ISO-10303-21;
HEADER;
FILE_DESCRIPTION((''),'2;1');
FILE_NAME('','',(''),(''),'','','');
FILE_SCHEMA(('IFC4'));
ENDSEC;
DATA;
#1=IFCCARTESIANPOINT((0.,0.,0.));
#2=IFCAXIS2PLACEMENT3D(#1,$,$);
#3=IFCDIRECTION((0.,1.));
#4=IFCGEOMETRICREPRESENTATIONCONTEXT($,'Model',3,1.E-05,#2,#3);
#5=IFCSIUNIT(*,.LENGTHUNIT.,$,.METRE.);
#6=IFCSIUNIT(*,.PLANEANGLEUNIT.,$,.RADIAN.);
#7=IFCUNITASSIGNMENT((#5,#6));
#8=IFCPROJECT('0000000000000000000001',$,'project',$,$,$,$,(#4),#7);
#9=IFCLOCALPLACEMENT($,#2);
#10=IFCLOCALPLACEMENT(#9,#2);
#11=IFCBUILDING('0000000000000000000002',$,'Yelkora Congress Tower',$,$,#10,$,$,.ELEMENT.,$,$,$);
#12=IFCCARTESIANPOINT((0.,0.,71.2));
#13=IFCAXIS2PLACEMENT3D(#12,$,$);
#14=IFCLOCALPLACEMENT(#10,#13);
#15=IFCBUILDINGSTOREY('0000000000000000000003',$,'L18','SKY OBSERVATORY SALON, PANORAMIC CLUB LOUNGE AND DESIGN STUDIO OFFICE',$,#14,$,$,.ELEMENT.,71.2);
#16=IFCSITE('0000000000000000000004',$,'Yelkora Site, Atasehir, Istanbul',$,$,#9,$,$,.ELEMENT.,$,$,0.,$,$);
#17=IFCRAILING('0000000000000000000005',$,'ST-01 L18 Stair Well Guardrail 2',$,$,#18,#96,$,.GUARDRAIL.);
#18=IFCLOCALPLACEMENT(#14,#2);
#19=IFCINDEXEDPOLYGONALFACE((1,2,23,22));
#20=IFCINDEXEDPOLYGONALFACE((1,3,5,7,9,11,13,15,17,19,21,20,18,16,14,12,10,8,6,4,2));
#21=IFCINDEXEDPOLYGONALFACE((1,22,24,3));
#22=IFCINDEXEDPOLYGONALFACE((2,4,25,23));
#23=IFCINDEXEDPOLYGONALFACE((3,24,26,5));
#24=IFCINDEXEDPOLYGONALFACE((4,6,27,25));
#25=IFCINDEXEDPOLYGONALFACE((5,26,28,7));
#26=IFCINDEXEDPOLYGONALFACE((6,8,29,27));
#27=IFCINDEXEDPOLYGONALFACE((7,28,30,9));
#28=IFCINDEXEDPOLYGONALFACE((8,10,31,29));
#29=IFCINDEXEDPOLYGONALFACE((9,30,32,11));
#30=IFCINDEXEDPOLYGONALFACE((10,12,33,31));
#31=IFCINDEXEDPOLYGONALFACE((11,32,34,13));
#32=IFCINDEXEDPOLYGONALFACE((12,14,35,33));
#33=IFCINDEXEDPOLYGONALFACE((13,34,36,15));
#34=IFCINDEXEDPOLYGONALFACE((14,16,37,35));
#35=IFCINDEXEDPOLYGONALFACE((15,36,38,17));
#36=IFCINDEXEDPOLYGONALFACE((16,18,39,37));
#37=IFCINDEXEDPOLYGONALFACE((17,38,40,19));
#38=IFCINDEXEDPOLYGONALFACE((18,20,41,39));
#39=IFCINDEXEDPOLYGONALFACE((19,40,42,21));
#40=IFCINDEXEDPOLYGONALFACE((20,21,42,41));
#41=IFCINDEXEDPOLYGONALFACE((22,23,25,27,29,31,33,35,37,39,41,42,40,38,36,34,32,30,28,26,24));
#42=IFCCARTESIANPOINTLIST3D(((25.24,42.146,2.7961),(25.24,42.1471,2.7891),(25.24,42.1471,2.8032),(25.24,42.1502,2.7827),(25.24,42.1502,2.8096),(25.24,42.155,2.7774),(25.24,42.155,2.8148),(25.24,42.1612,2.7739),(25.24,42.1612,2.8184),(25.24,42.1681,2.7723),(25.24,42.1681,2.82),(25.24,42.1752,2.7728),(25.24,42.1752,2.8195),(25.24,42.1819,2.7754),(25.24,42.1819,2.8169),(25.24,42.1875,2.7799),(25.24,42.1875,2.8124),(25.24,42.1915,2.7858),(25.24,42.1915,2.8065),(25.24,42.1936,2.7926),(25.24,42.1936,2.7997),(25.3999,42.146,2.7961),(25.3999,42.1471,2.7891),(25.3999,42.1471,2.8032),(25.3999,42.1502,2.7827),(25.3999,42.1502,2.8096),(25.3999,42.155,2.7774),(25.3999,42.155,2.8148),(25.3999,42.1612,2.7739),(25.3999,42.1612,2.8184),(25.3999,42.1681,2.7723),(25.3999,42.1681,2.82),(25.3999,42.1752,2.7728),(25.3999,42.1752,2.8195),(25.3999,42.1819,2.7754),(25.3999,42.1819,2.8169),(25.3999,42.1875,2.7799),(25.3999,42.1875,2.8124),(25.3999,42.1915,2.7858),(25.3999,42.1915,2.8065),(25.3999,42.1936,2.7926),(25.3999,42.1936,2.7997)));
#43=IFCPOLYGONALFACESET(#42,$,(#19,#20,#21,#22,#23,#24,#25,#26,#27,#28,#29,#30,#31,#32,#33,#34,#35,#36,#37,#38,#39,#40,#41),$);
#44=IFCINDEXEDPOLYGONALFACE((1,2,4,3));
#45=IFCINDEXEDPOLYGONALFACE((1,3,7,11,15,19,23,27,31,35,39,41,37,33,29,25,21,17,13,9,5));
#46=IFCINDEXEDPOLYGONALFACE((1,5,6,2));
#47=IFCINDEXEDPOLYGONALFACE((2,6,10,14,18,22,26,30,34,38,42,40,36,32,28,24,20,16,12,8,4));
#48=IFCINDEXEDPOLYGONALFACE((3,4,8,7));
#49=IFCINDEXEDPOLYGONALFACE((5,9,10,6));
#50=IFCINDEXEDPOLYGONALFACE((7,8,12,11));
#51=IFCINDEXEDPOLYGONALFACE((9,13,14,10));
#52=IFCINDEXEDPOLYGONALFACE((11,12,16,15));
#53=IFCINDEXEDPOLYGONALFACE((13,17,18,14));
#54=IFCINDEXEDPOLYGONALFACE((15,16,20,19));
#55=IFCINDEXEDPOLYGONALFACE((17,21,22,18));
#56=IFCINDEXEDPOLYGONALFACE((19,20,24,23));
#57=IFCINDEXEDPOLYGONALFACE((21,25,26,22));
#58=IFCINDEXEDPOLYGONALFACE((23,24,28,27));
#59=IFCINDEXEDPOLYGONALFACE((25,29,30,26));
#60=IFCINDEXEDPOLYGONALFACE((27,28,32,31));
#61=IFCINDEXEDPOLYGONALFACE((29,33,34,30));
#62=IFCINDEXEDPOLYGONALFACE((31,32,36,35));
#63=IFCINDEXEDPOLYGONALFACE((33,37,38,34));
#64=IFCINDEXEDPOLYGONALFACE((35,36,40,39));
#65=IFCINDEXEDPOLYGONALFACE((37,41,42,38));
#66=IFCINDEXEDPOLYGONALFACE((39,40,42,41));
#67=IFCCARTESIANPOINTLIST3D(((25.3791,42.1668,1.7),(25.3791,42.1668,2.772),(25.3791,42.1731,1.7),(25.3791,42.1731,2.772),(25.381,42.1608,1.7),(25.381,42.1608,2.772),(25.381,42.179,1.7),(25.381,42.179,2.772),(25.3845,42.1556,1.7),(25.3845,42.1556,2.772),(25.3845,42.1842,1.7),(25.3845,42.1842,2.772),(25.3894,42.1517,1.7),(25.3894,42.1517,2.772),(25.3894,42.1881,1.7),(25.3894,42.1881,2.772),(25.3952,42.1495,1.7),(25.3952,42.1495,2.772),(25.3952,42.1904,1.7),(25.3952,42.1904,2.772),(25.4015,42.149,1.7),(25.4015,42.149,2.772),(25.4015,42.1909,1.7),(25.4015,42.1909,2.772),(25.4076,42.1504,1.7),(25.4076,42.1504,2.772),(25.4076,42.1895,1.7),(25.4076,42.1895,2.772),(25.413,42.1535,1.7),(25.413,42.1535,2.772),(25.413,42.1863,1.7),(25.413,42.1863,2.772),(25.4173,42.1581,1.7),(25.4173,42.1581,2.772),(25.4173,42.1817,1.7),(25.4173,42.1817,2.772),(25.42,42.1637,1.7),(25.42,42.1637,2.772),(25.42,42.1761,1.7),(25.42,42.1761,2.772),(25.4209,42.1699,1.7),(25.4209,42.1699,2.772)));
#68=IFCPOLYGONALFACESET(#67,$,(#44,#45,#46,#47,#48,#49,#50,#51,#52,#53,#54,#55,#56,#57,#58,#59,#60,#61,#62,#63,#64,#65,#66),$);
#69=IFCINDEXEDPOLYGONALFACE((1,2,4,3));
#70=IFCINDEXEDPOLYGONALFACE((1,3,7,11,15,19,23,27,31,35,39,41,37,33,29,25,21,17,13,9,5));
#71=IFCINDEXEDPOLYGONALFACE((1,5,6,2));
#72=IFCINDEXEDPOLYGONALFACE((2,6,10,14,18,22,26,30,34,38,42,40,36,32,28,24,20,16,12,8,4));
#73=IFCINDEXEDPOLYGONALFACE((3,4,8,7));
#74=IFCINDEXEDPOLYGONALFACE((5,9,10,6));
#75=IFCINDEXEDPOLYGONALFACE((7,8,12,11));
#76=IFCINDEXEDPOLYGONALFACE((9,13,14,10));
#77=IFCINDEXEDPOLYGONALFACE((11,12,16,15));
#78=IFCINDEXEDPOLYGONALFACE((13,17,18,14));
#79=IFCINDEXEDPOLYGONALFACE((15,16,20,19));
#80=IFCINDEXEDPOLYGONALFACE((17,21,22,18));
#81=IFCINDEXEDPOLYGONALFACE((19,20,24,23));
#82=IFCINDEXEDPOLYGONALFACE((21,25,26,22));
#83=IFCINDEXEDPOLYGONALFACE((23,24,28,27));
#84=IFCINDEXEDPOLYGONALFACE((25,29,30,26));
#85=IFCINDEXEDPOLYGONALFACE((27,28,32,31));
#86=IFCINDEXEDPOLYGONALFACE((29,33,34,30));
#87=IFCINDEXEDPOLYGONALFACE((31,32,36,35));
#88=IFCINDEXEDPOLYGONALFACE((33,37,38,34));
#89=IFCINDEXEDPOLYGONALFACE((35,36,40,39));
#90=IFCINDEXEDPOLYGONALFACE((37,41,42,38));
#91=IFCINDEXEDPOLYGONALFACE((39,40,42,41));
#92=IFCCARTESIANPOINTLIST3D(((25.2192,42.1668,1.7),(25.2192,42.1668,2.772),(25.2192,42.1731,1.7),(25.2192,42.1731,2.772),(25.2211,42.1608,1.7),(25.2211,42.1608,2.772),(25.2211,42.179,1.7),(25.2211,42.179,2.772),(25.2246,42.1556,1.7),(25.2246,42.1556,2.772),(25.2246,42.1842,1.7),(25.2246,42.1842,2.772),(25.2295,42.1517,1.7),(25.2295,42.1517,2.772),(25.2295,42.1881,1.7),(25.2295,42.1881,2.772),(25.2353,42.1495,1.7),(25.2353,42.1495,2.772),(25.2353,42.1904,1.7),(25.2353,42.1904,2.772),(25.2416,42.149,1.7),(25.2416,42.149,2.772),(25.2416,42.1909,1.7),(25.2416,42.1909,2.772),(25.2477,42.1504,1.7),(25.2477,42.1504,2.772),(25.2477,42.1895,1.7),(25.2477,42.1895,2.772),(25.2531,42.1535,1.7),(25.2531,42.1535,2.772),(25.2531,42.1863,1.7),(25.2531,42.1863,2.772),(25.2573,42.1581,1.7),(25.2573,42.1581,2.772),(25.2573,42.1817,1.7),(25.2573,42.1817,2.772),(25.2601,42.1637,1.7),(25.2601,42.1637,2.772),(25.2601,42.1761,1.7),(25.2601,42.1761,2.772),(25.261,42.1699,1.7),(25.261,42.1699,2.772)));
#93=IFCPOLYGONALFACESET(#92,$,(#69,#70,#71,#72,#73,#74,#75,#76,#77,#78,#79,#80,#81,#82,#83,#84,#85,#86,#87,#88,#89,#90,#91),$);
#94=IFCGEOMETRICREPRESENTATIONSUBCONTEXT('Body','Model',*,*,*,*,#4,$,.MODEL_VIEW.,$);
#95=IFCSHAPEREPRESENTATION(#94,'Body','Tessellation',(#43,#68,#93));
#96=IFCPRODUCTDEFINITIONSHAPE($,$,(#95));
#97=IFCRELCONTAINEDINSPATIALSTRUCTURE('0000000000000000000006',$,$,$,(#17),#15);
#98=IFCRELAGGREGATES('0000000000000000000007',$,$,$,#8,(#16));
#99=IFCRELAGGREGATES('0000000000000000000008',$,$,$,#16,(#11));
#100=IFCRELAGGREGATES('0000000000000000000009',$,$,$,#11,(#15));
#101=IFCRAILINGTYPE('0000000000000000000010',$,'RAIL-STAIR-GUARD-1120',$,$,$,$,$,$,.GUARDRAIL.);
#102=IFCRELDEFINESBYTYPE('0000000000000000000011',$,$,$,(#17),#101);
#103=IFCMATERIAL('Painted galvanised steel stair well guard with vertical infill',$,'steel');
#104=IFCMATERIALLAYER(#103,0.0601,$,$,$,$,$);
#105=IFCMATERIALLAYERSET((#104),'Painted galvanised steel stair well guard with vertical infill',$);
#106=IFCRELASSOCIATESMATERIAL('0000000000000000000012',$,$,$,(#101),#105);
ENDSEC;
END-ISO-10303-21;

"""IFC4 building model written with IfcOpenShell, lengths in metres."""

from ifc_helpers import new_model, si_unit, direction, frame, origin, origin_2d, place, context, subcontext, project, spatial, circle, extrude, material, layer, layer_set, type_object, element, save


model = new_model("IFC4")

# Units and contexts
model_context = context("Model", 3, precision=1e-05, world=origin(), true_north=direction((0.0, 1.0)))
body_context = subcontext(model_context, "Body", "Model", "MODEL_VIEW")
ifc_project = project(units=[si_unit("LENGTHUNIT", "METRE"), si_unit("PLANEANGLEUNIT", "RADIAN")], contexts=[model_context])

# Site, building, storey
site_placement = place(None, origin())
site = spatial("IfcSite", under=ifc_project, at=site_placement, Name="Yelkora Site, Atasehir, Istanbul", CompositionType="ELEMENT", RefElevation=0.0)
building_placement = place(site_placement, origin())
building = spatial("IfcBuilding", under=site, at=building_placement, Name="Yelkora Congress Tower", CompositionType="ELEMENT")
storey_placement = place(building_placement, frame((0.0, 0.0, 71.2)))
storey = spatial("IfcBuildingStorey", under=building, at=storey_placement, Name="L18", Description="SKY OBSERVATORY SALON, PANORAMIC CLUB LOUNGE AND DESIGN STUDIO OFFICE", CompositionType="ELEMENT", Elevation=71.2)

# Railing
ifc_material_1 = material(Name="Painted galvanised steel stair well guard with vertical infill", Category="steel")
ifc_layer_1 = layer(ifc_material_1, 0.0601)
ifc_layer_set_1 = layer_set([ifc_layer_1], Name="Painted galvanised steel stair well guard with vertical infill")
railing_type_1 = type_object("IfcRailingType", Name="RAIL-STAIR-GUARD-1120", PredefinedType="GUARDRAIL", material=ifc_layer_set_1)
railing_1_placement = place(storey_placement, frame((25.3999, 42.1699, 1.7)))
element("IfcRailing", 1, at=railing_1_placement, inside=storey, type_object=railing_type_1, Name="ST-01 L18 Stair Well Guardrail 2", PredefinedType="GUARDRAIL", context=body_context, shape_type="SweptSolid", body=[
    extrude(circle(Radius=0.0239, at=origin_2d()), frame((0.0, 0.0, 1.0962), z_axis=(-1.0, 0.0, 0.0), x_axis=(0.0, -1.0, 0.0)), (0.0, 0.0, 1.0), 0.1599),
    extrude(circle(Radius=0.021, at=origin_2d()), origin(), (0.0, 0.0, 1.0), 1.072),
    extrude(circle(Radius=0.021, at=origin_2d()), frame((-0.1599, 0.0, 0.0)), (0.0, 0.0, 1.0), 1.072),
])

save(model, "model.ifc")
